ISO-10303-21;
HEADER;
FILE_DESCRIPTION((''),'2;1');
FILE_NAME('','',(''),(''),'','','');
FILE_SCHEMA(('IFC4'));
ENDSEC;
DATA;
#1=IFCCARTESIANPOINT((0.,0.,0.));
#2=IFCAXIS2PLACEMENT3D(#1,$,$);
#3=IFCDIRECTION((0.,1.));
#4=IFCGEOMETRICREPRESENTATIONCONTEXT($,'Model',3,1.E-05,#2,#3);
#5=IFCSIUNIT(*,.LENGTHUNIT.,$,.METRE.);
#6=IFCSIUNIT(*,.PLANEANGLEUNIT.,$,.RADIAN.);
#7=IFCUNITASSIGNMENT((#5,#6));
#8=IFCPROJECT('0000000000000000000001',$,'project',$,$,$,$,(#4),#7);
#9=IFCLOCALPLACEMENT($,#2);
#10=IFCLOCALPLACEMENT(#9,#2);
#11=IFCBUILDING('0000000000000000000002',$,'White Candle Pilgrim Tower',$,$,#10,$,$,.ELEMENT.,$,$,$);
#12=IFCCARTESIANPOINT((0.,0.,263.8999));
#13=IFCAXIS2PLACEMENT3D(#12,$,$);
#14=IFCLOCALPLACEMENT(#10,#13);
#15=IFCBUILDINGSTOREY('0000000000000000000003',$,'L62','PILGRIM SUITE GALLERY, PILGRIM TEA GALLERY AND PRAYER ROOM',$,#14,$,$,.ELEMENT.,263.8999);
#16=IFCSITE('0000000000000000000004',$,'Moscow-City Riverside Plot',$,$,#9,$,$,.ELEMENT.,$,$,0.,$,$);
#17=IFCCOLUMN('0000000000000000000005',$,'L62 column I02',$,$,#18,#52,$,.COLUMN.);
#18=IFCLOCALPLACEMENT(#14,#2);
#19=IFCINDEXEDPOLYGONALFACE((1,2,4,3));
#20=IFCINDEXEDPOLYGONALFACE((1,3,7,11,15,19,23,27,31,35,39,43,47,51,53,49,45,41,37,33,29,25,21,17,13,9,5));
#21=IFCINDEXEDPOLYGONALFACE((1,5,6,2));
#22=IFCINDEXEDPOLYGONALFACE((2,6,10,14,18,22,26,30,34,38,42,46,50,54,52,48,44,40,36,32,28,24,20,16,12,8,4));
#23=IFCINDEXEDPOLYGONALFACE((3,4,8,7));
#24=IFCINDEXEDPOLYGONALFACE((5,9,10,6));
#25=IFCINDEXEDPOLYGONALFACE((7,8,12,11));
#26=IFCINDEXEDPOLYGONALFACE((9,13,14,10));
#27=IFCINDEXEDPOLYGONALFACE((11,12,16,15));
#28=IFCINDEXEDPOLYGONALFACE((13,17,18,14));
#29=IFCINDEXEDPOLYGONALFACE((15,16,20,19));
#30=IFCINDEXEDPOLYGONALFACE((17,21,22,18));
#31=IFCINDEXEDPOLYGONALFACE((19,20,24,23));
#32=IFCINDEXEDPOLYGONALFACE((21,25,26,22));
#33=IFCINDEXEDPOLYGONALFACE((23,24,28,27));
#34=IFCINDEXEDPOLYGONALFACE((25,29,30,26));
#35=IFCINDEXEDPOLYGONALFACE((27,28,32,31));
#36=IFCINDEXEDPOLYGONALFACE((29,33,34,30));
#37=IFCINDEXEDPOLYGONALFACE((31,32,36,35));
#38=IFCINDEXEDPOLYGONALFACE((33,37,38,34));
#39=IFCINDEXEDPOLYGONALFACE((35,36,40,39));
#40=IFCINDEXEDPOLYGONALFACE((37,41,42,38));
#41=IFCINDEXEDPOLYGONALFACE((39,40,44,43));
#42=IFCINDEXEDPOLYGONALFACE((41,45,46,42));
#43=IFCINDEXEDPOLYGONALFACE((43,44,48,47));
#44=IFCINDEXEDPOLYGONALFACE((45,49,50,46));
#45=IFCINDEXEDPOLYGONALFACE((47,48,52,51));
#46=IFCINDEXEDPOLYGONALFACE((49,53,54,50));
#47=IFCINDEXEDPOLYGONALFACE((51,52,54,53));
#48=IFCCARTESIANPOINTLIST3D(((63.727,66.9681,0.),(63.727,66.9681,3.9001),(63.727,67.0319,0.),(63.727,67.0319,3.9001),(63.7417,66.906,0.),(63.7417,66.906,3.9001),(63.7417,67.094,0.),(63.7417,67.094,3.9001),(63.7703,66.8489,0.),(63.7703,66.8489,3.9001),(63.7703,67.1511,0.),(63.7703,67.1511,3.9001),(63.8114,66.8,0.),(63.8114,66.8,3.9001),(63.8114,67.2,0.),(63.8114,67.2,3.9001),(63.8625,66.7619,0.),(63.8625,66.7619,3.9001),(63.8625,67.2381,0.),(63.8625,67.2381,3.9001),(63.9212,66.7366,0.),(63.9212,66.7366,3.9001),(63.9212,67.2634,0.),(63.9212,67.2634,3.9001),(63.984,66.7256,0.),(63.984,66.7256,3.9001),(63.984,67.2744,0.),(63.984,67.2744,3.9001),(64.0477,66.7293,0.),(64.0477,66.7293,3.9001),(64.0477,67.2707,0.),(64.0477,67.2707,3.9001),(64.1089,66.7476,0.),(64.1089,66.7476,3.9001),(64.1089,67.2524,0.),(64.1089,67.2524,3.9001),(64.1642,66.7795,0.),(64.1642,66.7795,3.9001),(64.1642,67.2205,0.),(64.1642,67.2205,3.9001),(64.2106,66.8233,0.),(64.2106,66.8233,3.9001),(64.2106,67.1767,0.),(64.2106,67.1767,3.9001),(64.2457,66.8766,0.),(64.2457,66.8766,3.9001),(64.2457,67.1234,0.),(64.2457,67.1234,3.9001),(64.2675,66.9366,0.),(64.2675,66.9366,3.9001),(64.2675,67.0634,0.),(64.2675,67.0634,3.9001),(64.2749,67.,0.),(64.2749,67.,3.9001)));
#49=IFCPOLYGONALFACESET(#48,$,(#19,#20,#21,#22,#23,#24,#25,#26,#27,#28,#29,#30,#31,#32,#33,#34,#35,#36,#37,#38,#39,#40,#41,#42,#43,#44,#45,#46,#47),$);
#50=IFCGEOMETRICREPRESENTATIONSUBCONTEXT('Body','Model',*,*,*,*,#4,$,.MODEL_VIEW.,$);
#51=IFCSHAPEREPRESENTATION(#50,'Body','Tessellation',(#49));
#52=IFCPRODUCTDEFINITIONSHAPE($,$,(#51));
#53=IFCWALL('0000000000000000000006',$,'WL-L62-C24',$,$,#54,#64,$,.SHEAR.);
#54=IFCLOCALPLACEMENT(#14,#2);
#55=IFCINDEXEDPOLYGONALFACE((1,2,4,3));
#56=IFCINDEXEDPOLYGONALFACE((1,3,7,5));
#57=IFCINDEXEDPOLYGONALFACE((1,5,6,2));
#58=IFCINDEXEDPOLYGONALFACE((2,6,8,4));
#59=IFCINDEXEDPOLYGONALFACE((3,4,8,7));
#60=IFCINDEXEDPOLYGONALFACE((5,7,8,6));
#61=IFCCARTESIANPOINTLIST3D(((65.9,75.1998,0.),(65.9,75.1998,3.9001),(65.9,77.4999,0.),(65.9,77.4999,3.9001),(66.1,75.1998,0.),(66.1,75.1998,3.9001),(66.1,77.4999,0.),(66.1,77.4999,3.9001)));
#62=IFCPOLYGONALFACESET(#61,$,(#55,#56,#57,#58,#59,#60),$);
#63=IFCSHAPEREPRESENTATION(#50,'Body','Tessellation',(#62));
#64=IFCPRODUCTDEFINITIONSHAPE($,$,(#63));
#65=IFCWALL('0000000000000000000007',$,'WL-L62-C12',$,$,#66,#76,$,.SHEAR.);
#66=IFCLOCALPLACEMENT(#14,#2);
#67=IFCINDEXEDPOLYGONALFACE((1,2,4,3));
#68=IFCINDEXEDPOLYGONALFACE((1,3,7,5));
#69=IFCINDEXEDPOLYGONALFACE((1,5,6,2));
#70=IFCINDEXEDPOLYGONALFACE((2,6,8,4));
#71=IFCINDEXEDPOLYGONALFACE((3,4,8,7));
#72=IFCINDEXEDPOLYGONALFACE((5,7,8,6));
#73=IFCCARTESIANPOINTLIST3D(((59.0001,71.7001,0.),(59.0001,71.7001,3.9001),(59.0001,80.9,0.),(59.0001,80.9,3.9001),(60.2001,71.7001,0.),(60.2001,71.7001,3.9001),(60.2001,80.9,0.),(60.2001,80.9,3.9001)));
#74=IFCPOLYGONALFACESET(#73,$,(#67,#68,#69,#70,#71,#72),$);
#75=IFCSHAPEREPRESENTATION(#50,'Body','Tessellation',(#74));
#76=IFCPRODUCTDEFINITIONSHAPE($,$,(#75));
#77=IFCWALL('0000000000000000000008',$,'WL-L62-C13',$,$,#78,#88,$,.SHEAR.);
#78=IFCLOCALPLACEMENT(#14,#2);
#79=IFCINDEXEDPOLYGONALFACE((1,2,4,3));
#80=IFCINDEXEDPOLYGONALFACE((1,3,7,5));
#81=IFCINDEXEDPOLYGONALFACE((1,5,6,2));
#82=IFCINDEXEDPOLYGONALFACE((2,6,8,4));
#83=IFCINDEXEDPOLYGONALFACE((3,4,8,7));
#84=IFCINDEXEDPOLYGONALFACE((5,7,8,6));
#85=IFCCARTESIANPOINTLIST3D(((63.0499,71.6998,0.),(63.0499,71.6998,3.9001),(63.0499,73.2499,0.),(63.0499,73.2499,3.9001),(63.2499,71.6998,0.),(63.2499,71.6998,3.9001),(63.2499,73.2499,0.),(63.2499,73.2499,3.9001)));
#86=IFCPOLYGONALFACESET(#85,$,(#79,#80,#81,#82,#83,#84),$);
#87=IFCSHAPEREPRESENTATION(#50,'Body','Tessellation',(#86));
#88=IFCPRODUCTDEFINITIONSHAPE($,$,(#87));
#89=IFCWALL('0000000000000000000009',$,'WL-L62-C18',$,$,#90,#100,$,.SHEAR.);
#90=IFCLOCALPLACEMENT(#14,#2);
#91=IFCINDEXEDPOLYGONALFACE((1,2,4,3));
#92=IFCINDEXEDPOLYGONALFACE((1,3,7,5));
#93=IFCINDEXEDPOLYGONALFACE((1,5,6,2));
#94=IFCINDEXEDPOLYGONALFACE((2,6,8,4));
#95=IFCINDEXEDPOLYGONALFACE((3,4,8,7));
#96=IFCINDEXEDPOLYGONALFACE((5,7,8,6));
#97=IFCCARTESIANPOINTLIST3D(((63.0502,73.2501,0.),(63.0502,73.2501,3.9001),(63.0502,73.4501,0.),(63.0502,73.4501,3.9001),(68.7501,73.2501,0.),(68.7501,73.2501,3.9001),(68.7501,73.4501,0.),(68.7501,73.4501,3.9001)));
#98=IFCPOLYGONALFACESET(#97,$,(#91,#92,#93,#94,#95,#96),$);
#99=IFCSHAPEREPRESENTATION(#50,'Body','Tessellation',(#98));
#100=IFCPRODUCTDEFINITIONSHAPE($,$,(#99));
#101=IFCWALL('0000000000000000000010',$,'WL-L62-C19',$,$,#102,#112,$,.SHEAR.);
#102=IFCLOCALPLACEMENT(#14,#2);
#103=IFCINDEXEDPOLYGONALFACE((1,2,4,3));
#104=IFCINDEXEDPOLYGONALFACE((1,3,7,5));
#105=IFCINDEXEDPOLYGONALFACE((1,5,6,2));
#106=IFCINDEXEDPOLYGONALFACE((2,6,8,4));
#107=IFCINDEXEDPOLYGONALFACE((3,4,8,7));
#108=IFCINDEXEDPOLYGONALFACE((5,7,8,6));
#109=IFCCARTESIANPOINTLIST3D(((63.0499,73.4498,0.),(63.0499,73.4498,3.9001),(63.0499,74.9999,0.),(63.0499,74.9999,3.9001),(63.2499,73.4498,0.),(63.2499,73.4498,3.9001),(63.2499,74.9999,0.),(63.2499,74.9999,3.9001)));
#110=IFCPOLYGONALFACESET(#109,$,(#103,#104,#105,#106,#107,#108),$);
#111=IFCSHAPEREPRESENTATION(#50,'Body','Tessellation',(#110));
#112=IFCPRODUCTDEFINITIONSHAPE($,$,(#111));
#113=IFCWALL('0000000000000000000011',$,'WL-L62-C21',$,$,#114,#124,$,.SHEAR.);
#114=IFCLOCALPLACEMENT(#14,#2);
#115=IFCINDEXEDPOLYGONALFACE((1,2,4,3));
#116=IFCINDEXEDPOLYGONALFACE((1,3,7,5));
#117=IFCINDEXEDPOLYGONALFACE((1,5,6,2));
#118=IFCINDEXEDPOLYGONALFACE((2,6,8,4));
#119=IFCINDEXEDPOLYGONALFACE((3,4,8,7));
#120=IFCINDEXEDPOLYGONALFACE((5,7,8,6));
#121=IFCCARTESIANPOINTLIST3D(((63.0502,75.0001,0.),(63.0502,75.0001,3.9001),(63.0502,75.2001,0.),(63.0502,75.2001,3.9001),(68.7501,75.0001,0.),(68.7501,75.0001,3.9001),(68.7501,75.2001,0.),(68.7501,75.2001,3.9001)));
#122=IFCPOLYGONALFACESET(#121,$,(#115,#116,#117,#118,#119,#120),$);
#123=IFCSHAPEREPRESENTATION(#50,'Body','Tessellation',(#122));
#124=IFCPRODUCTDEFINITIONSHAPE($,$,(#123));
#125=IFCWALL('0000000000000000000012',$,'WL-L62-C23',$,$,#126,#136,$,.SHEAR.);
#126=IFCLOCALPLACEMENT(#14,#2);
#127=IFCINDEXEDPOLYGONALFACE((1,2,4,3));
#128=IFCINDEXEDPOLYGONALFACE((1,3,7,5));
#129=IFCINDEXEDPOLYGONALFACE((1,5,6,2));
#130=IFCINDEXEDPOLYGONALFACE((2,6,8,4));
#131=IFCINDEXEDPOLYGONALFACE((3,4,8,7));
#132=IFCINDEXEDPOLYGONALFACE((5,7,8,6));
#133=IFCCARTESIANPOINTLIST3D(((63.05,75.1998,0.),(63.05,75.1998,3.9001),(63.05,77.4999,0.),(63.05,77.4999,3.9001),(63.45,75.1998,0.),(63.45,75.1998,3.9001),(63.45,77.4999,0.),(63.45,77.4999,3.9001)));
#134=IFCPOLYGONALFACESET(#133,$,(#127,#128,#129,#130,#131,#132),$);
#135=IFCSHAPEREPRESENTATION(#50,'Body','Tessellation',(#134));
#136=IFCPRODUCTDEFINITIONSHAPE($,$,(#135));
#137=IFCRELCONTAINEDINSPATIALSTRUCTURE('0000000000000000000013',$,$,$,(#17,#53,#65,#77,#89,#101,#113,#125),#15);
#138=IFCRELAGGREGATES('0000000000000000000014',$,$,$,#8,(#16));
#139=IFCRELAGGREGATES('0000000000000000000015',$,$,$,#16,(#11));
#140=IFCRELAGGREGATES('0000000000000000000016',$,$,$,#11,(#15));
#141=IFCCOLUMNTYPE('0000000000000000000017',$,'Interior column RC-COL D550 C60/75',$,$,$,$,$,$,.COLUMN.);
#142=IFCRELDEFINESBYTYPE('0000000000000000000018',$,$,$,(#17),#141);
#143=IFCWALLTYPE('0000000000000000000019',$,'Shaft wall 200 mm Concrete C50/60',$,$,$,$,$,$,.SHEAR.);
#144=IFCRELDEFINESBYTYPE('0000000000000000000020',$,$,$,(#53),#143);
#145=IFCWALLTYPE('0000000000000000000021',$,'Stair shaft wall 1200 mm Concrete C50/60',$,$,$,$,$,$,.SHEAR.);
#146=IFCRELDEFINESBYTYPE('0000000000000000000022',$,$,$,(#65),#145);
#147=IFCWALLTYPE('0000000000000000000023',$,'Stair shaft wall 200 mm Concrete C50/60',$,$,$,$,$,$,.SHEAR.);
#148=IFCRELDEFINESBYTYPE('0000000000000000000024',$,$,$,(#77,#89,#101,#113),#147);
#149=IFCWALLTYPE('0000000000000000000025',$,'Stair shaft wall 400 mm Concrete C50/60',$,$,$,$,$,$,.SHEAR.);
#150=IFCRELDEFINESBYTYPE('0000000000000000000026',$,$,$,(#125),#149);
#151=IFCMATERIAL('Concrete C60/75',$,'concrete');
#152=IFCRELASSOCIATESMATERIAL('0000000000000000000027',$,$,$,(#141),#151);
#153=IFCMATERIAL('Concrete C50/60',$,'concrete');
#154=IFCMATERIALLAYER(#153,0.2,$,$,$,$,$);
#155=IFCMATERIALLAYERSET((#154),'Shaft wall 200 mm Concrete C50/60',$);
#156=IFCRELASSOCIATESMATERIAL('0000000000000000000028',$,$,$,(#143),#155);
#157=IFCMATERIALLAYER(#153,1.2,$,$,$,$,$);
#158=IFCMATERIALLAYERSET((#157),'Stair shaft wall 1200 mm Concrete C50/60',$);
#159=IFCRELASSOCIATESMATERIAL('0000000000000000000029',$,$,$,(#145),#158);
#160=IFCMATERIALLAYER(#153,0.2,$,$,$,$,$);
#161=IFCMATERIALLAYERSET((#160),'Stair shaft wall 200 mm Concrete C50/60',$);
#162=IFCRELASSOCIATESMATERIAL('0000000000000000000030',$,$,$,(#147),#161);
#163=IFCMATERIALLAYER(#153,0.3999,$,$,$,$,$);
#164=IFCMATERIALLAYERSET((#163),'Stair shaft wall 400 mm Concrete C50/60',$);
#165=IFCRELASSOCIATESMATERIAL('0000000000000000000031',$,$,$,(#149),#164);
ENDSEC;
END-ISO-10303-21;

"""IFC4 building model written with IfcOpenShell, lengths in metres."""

from ifc_helpers import new_model, si_unit, direction, frame, frame_2d, origin, origin_2d, place, context, subcontext, project, spatial, rectangle, circle, extrude, material, layer, layer_set, material_profile, profile_set, type_object, element, save


model = new_model("IFC4")

# Units and contexts
model_context = context("Model", 3, precision=1e-05, world=origin(), true_north=direction((0.0, 1.0)))
body_context = subcontext(model_context, "Body", "Model", "MODEL_VIEW")
ifc_project = project(units=[si_unit("LENGTHUNIT", "METRE"), si_unit("PLANEANGLEUNIT", "RADIAN")], contexts=[model_context])

# Site, building, storey
site_placement = place(None, origin())
site = spatial("IfcSite", under=ifc_project, at=site_placement, Name="Moscow-City Riverside Plot", CompositionType="ELEMENT", RefElevation=0.0)
building_placement = place(site_placement, origin())
building = spatial("IfcBuilding", under=site, at=building_placement, Name="White Candle Pilgrim Tower", CompositionType="ELEMENT")
storey_placement = place(building_placement, frame((0.0, 0.0, 263.8999)))
storey = spatial("IfcBuildingStorey", under=building, at=storey_placement, Name="L62", Description="PILGRIM SUITE GALLERY, PILGRIM TEA GALLERY AND PRAYER ROOM", CompositionType="ELEMENT", Elevation=263.8999)

# Column
ifc_material_1 = material(Name="Concrete C60/75", Category="concrete")
ifc_material_profile = material_profile(ifc_material_1, circle(Radius=0.2749, at=origin_2d()), Name="RC-COL D550")
ifc_profile_set = profile_set([ifc_material_profile], Name="Concrete C60/75")
column_type = type_object("IfcColumnType", Name="Interior column RC-COL D550 C60/75", PredefinedType="COLUMN", material=ifc_profile_set)
column_placement = place(storey_placement, frame((64.0, 67.0, 0.0), z_axis=(0.0, 0.0, 1.0), x_axis=(1.0, 0.0, 0.0)))
element("IfcColumn", 1, at=column_placement, inside=storey, type_object=column_type, Name="L62 column I02", PredefinedType="COLUMN", context=body_context, shape_type="SweptSolid", body=[
    extrude(circle(Radius=0.2749, at=origin_2d()), origin(), (0.0, 0.0, 1.0), 3.9001),
])

# Walls
ifc_material_2 = material(Name="Concrete C50/60", Category="concrete")
ifc_layer_1 = layer(ifc_material_2, 0.2)
ifc_layer_set_1 = layer_set([ifc_layer_1], Name="Shaft wall 200 mm Concrete C50/60")
wall_type_1 = type_object("IfcWallType", Name="Shaft wall 200 mm Concrete C50/60", PredefinedType="SHEAR", material=ifc_layer_set_1)
wall_1_placement = place(storey_placement, frame((66.0, 75.2, 0.0), z_axis=(0.0, 0.0, 1.0), x_axis=(0.0, 1.0, 0.0)))
element("IfcWall", 2, at=wall_1_placement, inside=storey, type_object=wall_type_1, Name="WL-L62-C24", PredefinedType="SHEAR", context=body_context, shape_type="SweptSolid", body=[
    extrude(rectangle(XDim=2.3, YDim=0.2, at=frame_2d((1.1499, 0.0))), origin(), (0.0, 0.0, 1.0), 3.9001),
])
ifc_layer_2 = layer(ifc_material_2, 1.2)
ifc_layer_set_2 = layer_set([ifc_layer_2], Name="Stair shaft wall 1200 mm Concrete C50/60")
wall_type_2 = type_object("IfcWallType", Name="Stair shaft wall 1200 mm Concrete C50/60", PredefinedType="SHEAR", material=ifc_layer_set_2)
wall_2_placement = place(storey_placement, frame((59.6001, 71.7, 0.0), z_axis=(0.0, 0.0, 1.0), x_axis=(0.0, 1.0, 0.0)))
element("IfcWall", 3, at=wall_2_placement, inside=storey, type_object=wall_type_2, Name="WL-L62-C12", PredefinedType="SHEAR", context=body_context, shape_type="SweptSolid", body=[
    extrude(rectangle(XDim=9.2, YDim=1.2, at=frame_2d((4.6001, 0.0))), origin(), (0.0, 0.0, 1.0), 3.9001),
])
ifc_layer_3 = layer(ifc_material_2, 0.2)
ifc_layer_set_3 = layer_set([ifc_layer_3], Name="Stair shaft wall 200 mm Concrete C50/60")
wall_type_3 = type_object("IfcWallType", Name="Stair shaft wall 200 mm Concrete C50/60", PredefinedType="SHEAR", material=ifc_layer_set_3)
wall_3_placement = place(storey_placement, frame((63.1499, 71.7, 0.0), z_axis=(0.0, 0.0, 1.0), x_axis=(0.0, 1.0, 0.0)))
element("IfcWall", 4, at=wall_3_placement, inside=storey, type_object=wall_type_3, Name="WL-L62-C13", PredefinedType="SHEAR", context=body_context, shape_type="SweptSolid", body=[
    extrude(rectangle(XDim=1.55, YDim=0.2, at=frame_2d((0.7749, 0.0))), origin(), (0.0, 0.0, 1.0), 3.9001),
])
wall_4_placement = place(storey_placement, frame((63.05, 73.3501, 0.0), z_axis=(0.0, 0.0, 1.0), x_axis=(1.0, 0.0, 0.0)))
element("IfcWall", 5, at=wall_4_placement, inside=storey, type_object=wall_type_3, Name="WL-L62-C18", PredefinedType="SHEAR", context=body_context, shape_type="SweptSolid", body=[
    extrude(rectangle(XDim=5.7, YDim=0.2, at=frame_2d((2.8501, 0.0))), origin(), (0.0, 0.0, 1.0), 3.9001),
])
wall_5_placement = place(storey_placement, frame((63.1499, 73.45, 0.0), z_axis=(0.0, 0.0, 1.0), x_axis=(0.0, 1.0, 0.0)))
element("IfcWall", 6, at=wall_5_placement, inside=storey, type_object=wall_type_3, Name="WL-L62-C19", PredefinedType="SHEAR", context=body_context, shape_type="SweptSolid", body=[
    extrude(rectangle(XDim=1.55, YDim=0.2, at=frame_2d((0.7749, 0.0))), origin(), (0.0, 0.0, 1.0), 3.9001),
])
wall_6_placement = place(storey_placement, frame((63.05, 75.1001, 0.0), z_axis=(0.0, 0.0, 1.0), x_axis=(1.0, 0.0, 0.0)))
element("IfcWall", 7, at=wall_6_placement, inside=storey, type_object=wall_type_3, Name="WL-L62-C21", PredefinedType="SHEAR", context=body_context, shape_type="SweptSolid", body=[
    extrude(rectangle(XDim=5.7, YDim=0.2, at=frame_2d((2.8501, 0.0))), origin(), (0.0, 0.0, 1.0), 3.9001),
])
ifc_layer_4 = layer(ifc_material_2, 0.3999)
ifc_layer_set_4 = layer_set([ifc_layer_4], Name="Stair shaft wall 400 mm Concrete C50/60")
wall_type_4 = type_object("IfcWallType", Name="Stair shaft wall 400 mm Concrete C50/60", PredefinedType="SHEAR", material=ifc_layer_set_4)
wall_7_placement = place(storey_placement, frame((63.25, 75.2, 0.0), z_axis=(0.0, 0.0, 1.0), x_axis=(0.0, 1.0, 0.0)))
element("IfcWall", 8, at=wall_7_placement, inside=storey, type_object=wall_type_4, Name="WL-L62-C23", PredefinedType="SHEAR", context=body_context, shape_type="SweptSolid", body=[
    extrude(rectangle(XDim=2.3, YDim=0.3999, at=frame_2d((1.1499, 0.0))), origin(), (0.0, 0.0, 1.0), 3.9001),
])

save(model, "model.ifc")
